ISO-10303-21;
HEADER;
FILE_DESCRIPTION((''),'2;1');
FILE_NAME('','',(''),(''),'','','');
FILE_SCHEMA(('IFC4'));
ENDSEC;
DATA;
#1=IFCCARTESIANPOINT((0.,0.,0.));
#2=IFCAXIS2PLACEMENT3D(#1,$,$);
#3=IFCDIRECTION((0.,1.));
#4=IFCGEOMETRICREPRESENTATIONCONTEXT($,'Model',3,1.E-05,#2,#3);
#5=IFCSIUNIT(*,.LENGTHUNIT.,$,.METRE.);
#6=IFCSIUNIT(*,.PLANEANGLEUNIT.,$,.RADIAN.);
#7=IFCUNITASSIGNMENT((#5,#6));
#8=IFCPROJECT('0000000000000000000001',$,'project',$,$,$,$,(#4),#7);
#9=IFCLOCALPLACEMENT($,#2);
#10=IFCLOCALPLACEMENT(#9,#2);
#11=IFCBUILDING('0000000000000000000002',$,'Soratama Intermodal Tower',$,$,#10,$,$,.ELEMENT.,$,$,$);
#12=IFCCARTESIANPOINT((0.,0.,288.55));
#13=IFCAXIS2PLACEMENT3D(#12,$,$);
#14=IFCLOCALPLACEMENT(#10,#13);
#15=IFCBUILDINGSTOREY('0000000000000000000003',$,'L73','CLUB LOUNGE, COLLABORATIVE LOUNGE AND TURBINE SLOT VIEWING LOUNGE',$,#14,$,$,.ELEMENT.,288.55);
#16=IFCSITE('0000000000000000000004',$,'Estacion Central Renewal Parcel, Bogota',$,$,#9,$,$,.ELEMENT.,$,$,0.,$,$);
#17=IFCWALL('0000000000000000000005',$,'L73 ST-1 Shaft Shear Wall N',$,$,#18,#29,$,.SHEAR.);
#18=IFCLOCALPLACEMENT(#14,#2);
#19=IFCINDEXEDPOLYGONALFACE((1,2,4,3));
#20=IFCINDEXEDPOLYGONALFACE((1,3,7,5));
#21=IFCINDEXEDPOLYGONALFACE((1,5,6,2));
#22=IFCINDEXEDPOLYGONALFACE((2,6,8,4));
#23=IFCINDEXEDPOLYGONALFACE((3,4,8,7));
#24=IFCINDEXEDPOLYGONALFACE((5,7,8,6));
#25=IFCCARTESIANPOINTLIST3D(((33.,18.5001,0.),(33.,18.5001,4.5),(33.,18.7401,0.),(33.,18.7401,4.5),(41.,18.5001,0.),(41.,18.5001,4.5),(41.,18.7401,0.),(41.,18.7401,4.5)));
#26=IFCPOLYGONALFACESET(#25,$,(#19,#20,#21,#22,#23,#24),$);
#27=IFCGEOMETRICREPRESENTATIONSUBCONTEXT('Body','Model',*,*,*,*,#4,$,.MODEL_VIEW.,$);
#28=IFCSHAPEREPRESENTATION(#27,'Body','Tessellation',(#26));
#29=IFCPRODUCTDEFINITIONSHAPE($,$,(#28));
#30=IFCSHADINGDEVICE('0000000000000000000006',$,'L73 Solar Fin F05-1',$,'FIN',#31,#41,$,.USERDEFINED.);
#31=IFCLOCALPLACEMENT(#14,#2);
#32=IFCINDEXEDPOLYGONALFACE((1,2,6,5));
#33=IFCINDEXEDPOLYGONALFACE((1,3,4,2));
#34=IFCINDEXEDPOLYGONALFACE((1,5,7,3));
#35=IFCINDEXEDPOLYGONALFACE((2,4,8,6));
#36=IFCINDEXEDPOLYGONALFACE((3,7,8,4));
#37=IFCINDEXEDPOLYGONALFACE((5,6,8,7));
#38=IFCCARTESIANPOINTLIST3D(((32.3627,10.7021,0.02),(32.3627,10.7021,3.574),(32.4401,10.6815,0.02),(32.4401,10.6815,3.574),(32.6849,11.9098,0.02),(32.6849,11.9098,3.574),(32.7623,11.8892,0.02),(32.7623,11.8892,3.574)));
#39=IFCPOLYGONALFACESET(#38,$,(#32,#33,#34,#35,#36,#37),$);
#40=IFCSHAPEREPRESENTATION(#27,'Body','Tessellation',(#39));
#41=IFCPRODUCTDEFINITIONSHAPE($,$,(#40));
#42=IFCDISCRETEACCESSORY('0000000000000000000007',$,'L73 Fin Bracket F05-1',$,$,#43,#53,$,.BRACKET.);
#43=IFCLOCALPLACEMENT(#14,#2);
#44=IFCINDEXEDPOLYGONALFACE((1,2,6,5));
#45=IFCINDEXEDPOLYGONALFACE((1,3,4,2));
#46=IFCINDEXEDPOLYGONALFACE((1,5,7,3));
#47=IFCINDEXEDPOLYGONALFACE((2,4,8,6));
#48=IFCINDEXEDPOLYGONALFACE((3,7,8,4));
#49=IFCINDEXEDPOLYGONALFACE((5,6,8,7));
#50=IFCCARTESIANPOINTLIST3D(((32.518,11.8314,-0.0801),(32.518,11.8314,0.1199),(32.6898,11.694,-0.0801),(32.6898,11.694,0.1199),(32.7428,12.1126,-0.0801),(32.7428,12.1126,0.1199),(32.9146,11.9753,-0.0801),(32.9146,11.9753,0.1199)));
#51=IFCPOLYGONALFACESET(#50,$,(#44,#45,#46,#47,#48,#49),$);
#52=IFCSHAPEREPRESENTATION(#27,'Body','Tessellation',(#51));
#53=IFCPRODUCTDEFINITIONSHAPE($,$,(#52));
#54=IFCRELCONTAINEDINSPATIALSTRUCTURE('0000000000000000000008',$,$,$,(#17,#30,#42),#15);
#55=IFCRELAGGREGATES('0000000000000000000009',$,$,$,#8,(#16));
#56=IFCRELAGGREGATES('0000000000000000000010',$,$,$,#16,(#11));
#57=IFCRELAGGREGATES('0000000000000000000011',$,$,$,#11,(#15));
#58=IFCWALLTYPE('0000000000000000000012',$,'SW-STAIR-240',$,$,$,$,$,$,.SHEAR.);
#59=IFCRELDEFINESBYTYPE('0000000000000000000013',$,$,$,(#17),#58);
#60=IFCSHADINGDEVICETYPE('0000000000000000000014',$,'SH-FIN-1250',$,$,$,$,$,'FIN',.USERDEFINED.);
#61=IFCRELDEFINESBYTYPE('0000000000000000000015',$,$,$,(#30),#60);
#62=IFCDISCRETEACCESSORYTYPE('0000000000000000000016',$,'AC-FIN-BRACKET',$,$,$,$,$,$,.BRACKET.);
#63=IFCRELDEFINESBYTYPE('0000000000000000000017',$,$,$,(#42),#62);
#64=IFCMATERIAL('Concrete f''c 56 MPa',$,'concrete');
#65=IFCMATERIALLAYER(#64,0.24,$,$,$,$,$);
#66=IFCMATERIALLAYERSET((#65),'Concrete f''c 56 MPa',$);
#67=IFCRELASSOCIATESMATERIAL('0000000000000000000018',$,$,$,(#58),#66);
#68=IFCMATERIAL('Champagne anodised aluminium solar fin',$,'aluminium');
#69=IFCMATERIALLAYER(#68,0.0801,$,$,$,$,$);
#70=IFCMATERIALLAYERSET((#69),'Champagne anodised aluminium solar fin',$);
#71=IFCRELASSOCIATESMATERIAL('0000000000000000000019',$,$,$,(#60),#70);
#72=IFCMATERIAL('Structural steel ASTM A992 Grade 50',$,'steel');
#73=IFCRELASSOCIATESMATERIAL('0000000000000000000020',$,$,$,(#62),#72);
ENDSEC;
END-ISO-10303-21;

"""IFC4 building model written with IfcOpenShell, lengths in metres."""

from ifc_helpers import new_model, si_unit, direction, frame, frame_2d, origin, origin_2d, place, context, subcontext, project, spatial, rectangle, extrude, material, layer, layer_set, type_object, element, save


model = new_model("IFC4")

# Units and contexts
model_context = context("Model", 3, precision=1e-05, world=origin(), true_north=direction((0.0, 1.0)))
body_context = subcontext(model_context, "Body", "Model", "MODEL_VIEW")
ifc_project = project(units=[si_unit("LENGTHUNIT", "METRE"), si_unit("PLANEANGLEUNIT", "RADIAN")], contexts=[model_context])

# Site, building, storey
site_placement = place(None, origin())
site = spatial("IfcSite", under=ifc_project, at=site_placement, Name="Estacion Central Renewal Parcel, Bogota", CompositionType="ELEMENT", RefElevation=0.0)
building_placement = place(site_placement, origin())
building = spatial("IfcBuilding", under=site, at=building_placement, Name="Soratama Intermodal Tower", CompositionType="ELEMENT")
storey_placement = place(building_placement, frame((0.0, 0.0, 288.55)))
storey = spatial("IfcBuildingStorey", under=building, at=storey_placement, Name="L73", Description="CLUB LOUNGE, COLLABORATIVE LOUNGE AND TURBINE SLOT VIEWING LOUNGE", CompositionType="ELEMENT", Elevation=288.55)

# Wall
ifc_material_1 = material(Name="Concrete f'c 56 MPa", Category="concrete")
ifc_layer_1 = layer(ifc_material_1, 0.24)
ifc_layer_set_1 = layer_set([ifc_layer_1], Name="Concrete f'c 56 MPa")
wall_type_1 = type_object("IfcWallType", Name="SW-STAIR-240", PredefinedType="SHEAR", material=ifc_layer_set_1)
for number, where, z_axis, x_axis, name in (
    (1, (33.0, 18.6201, 0.0), (0.0, 0.0, 1.0), (1.0, 0.0, 0.0), "L73 ST-1 Shaft Shear Wall N"),
):
    element("IfcWall", number, at=place(storey_placement, frame(where, z_axis=z_axis, x_axis=x_axis)), inside=storey, type_object=wall_type_1, Name=name, PredefinedType="SHEAR", context=body_context, shape_type="SweptSolid", body=[
        extrude(rectangle(XDim=8.0, YDim=0.24, at=frame_2d((4.0, 0.0))), origin(), (0.0, 0.0, 1.0), 4.5),
    ])

# Shading device
ifc_material_2 = material(Name="Champagne anodised aluminium solar fin", Category="aluminium")
ifc_layer_2 = layer(ifc_material_2, 0.0801)
ifc_layer_set_2 = layer_set([ifc_layer_2], Name="Champagne anodised aluminium solar fin")
shading_device_type = type_object("IfcShadingDeviceType", Name="SH-FIN-1250", ElementType="FIN", PredefinedType="USERDEFINED", material=ifc_layer_set_2)
shading_device_placement = place(storey_placement, frame((32.5625, 11.2957, 0.02), z_axis=(0.0, 0.0, 1.0), x_axis=(-0.257807, -0.966196, 0.0)))
element("IfcShadingDevice", 2, at=shading_device_placement, inside=storey, type_object=shading_device_type, Name="L73 Solar Fin F05-1", ObjectType="FIN", PredefinedType="USERDEFINED", context=body_context, shape_type="SweptSolid", body=[
    extrude(rectangle(XDim=1.25, YDim=0.0801, at=origin_2d()), origin(), (0.0, 0.0, 1.0), 3.554),
])

# Discrete accessory
ifc_material_3 = material(Name="Structural steel ASTM A992 Grade 50", Category="steel")
discrete_accessory_type = type_object("IfcDiscreteAccessoryType", Name="AC-FIN-BRACKET", PredefinedType="BRACKET", material=ifc_material_3)
discrete_accessory_placement = place(storey_placement, frame((32.7163, 11.9033, -0.0801), z_axis=(0.0, 0.0, 1.0), x_axis=(-0.624425, -0.781085, 0.0)))
element("IfcDiscreteAccessory", 3, at=discrete_accessory_placement, inside=storey, type_object=discrete_accessory_type, Name="L73 Fin Bracket F05-1", PredefinedType="BRACKET", context=body_context, shape_type="SweptSolid", body=[
    extrude(rectangle(XDim=0.3601, YDim=0.22, at=origin_2d()), origin(), (0.0, 0.0, 1.0), 0.2),
])

save(model, "model.ifc")
